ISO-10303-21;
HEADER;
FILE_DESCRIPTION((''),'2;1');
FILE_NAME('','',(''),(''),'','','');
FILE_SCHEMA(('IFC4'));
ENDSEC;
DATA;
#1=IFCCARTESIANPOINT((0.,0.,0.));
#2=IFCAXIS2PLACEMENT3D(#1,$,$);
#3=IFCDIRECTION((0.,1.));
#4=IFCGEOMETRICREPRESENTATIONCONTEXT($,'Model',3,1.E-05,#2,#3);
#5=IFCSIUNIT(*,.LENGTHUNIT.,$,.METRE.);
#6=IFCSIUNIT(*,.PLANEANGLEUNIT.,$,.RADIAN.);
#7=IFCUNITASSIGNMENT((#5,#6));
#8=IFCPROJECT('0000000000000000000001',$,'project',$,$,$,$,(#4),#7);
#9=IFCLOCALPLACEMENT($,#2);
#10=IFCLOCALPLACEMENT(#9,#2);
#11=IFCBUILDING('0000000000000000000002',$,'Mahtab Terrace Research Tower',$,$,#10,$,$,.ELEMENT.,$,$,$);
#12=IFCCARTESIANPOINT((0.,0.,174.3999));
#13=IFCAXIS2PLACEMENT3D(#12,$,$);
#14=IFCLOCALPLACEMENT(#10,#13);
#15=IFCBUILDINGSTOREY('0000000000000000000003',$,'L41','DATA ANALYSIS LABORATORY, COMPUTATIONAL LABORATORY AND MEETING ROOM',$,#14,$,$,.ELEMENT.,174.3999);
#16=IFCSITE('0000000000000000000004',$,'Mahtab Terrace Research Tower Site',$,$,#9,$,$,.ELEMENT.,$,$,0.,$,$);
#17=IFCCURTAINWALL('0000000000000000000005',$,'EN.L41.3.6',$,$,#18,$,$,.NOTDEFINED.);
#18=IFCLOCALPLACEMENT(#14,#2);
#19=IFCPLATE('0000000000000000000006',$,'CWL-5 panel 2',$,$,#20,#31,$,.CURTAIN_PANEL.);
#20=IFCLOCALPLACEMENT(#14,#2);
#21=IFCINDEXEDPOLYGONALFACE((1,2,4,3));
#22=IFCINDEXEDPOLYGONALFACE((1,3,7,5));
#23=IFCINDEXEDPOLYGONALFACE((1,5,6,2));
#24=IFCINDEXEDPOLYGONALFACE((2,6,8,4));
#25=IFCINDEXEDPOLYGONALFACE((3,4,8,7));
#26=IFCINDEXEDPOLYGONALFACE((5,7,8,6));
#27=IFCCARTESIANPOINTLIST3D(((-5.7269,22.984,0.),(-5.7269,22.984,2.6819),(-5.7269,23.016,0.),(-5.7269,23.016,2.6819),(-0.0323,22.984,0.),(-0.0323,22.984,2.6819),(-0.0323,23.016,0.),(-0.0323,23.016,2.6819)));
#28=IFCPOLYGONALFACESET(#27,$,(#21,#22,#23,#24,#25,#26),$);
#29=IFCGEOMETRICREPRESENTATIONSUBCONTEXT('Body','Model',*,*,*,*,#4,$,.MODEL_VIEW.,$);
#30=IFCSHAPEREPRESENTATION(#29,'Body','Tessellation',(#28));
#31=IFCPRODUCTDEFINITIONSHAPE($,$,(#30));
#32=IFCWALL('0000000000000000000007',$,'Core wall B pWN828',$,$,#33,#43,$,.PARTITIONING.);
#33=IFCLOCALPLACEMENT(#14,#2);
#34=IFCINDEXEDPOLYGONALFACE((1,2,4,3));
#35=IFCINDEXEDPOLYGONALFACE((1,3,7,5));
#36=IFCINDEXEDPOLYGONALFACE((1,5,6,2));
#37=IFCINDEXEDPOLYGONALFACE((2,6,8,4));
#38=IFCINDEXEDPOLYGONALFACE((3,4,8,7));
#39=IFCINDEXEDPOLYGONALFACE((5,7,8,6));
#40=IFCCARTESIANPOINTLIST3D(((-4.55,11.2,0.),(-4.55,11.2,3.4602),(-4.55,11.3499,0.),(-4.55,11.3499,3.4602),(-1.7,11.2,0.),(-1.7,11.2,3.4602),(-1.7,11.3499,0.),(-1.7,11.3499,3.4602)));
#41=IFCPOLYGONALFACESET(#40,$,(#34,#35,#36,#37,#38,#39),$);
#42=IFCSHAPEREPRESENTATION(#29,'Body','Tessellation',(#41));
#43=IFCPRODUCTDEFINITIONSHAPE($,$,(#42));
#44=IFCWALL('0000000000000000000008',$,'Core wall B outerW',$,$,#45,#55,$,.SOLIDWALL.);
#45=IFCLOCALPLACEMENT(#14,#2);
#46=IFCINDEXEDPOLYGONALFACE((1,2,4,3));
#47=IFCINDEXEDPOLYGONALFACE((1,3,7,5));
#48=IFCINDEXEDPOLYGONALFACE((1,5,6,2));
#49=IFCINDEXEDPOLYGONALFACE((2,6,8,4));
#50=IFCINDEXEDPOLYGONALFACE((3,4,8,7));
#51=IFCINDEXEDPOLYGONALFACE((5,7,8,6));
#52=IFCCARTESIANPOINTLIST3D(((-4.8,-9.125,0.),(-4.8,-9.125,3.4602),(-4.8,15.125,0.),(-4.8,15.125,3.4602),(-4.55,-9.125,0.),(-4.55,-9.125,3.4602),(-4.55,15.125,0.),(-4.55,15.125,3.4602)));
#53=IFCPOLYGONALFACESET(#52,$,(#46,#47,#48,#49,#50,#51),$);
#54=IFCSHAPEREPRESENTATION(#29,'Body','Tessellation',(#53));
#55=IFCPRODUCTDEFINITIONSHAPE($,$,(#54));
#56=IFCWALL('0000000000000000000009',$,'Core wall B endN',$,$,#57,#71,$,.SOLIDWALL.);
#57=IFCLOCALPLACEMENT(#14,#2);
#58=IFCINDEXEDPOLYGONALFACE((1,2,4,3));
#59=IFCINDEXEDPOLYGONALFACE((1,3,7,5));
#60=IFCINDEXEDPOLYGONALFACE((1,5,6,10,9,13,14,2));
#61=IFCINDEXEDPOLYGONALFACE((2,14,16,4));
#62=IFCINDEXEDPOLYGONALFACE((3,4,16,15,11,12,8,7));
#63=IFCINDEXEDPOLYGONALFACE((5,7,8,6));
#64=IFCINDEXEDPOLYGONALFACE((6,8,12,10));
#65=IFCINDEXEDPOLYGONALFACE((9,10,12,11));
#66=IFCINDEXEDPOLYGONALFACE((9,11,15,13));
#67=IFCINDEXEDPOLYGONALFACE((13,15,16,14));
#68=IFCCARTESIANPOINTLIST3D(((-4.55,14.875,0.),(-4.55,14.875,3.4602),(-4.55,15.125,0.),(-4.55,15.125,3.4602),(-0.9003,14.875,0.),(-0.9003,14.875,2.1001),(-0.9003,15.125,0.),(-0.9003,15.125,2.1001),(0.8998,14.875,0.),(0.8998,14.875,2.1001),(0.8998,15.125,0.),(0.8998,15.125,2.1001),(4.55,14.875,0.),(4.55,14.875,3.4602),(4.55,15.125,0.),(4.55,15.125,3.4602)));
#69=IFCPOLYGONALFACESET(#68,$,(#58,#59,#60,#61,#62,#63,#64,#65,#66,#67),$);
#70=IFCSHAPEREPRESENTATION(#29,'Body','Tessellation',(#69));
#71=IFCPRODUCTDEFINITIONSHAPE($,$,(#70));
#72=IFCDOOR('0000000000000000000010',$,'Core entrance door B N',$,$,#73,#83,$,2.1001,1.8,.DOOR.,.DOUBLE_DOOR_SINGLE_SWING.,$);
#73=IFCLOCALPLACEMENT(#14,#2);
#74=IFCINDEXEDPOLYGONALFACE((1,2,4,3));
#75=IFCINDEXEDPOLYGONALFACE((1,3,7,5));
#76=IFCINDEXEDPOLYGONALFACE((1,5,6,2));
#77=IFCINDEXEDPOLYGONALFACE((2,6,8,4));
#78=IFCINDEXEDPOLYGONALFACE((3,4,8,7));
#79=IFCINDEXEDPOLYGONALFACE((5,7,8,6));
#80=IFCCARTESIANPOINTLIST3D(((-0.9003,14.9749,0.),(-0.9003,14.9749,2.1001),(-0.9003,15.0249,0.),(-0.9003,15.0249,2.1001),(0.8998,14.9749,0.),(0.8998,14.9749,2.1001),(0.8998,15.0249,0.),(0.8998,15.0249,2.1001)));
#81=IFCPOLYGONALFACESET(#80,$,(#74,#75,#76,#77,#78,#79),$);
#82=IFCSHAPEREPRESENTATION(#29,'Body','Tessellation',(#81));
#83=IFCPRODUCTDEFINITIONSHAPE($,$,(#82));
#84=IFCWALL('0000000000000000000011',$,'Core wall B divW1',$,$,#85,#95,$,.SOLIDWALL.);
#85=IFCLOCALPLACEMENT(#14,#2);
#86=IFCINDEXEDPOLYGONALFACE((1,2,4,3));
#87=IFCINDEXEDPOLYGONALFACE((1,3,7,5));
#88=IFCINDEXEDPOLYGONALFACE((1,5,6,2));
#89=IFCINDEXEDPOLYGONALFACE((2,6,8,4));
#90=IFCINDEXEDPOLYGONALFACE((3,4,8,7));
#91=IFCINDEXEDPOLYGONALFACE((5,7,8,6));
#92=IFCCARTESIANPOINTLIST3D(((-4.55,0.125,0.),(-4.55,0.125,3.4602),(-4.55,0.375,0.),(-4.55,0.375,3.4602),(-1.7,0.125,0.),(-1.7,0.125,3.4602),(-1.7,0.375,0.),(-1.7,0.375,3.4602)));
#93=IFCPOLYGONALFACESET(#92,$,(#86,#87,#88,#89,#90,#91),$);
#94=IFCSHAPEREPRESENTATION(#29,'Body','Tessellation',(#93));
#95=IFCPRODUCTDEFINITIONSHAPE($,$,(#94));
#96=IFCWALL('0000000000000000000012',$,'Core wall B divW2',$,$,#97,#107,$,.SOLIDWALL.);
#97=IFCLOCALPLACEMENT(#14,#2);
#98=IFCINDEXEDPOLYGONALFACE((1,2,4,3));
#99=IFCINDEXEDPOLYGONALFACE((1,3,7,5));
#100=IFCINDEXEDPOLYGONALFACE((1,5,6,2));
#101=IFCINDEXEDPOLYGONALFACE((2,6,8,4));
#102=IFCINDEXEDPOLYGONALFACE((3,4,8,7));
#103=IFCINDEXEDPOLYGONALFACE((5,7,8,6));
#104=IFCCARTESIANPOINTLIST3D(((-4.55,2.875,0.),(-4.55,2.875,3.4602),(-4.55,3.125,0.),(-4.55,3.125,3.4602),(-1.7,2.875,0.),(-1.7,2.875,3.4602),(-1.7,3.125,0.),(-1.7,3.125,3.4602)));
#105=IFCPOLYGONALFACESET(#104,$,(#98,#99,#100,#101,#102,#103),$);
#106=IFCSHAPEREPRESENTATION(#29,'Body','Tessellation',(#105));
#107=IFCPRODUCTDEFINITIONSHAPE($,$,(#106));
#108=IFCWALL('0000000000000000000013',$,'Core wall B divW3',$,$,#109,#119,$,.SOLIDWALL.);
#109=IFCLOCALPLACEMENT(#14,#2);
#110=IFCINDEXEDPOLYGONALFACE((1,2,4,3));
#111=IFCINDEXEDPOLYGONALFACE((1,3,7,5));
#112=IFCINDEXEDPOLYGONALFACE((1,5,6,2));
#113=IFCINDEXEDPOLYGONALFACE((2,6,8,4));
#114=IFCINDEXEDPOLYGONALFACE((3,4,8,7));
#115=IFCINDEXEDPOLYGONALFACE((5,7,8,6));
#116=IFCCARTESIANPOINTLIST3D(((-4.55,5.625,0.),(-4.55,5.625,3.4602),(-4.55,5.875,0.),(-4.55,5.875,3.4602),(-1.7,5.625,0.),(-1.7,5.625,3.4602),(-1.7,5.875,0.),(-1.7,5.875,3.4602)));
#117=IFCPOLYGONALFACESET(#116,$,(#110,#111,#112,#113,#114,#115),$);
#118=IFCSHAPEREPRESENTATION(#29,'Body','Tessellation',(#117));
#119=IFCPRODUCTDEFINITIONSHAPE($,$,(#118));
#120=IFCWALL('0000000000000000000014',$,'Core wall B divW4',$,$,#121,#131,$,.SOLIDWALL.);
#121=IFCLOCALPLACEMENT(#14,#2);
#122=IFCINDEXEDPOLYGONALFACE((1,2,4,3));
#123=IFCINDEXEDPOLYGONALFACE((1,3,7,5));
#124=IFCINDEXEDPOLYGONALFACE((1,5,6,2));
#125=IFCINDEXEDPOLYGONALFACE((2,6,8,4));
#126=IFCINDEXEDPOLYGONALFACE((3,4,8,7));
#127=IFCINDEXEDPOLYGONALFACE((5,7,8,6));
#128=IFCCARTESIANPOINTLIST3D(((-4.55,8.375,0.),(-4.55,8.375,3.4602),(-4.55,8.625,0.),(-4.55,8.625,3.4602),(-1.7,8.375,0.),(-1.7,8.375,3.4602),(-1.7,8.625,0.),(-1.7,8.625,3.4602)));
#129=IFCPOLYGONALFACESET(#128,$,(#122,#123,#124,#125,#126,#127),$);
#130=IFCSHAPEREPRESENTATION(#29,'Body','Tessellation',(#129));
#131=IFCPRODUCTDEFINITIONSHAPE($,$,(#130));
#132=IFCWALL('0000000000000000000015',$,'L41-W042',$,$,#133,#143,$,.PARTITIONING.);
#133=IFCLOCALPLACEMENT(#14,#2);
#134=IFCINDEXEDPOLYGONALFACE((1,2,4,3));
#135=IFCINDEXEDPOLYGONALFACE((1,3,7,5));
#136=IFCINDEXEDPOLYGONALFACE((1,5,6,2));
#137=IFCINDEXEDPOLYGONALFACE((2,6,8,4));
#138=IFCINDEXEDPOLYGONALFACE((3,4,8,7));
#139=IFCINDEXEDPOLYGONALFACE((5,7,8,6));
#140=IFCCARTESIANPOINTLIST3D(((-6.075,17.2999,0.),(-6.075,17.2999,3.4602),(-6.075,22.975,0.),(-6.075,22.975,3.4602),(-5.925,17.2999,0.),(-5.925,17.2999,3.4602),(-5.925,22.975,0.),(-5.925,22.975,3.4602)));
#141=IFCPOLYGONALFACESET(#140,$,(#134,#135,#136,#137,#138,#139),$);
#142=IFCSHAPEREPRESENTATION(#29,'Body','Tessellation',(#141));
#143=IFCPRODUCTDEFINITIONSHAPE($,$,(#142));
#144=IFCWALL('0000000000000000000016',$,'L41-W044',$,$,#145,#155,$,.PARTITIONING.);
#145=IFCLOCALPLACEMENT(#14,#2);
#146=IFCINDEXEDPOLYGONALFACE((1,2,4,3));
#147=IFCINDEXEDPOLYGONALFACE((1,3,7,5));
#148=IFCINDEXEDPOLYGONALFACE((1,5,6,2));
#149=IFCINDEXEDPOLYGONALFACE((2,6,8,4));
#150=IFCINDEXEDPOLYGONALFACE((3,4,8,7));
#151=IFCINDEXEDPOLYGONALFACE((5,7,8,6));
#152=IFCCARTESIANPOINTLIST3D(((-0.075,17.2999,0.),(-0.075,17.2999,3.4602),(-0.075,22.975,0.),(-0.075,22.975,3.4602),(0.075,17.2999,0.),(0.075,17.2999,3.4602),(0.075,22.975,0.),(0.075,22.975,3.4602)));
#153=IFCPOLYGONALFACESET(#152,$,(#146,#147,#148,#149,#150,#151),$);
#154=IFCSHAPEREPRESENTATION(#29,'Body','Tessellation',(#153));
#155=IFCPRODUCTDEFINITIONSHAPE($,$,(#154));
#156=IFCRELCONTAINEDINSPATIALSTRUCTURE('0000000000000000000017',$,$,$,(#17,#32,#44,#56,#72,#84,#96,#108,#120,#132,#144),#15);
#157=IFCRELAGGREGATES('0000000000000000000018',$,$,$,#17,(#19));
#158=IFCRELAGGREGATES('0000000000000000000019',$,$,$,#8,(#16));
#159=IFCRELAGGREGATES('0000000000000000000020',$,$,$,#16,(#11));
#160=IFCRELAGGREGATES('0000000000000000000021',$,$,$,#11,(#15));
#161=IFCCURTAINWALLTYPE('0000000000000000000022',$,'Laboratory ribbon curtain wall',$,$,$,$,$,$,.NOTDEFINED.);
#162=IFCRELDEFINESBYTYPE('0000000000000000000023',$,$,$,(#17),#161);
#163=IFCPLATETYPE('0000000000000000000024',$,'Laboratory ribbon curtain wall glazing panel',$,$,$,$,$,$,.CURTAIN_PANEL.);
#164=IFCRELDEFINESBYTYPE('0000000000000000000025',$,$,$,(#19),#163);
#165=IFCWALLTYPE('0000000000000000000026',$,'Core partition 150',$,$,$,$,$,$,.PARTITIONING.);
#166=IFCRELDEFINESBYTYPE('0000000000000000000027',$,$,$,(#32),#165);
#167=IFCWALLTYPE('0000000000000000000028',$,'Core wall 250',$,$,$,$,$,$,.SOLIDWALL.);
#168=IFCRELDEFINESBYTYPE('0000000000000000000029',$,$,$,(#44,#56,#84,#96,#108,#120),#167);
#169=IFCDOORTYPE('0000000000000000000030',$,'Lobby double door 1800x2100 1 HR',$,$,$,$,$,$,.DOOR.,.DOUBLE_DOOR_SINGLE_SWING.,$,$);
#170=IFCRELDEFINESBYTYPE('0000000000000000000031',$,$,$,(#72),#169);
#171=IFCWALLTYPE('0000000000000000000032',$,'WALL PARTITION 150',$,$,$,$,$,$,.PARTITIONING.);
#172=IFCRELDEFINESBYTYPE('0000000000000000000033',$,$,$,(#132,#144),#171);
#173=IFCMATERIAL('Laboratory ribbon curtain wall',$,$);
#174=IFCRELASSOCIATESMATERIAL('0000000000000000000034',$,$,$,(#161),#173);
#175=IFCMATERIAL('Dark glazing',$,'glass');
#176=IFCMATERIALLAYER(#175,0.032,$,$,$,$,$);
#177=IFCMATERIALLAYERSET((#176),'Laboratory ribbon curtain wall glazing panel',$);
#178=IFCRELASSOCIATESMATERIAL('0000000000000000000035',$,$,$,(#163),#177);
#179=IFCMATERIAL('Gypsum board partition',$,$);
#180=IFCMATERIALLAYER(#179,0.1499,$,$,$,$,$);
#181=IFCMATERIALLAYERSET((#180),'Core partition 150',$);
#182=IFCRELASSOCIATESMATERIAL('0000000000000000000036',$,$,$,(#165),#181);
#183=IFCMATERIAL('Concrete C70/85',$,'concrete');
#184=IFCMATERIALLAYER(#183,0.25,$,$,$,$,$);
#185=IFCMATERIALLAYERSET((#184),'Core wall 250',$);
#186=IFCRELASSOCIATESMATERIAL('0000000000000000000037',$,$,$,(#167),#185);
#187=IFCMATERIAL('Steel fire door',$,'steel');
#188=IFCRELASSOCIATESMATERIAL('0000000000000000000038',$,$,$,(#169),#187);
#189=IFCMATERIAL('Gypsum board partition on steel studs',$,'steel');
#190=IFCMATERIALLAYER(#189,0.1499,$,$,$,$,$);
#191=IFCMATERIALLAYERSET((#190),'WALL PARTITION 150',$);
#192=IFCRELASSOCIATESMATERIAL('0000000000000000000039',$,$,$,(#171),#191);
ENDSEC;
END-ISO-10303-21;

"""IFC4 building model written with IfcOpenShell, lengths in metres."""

from ifc_helpers import new_model, si_unit, direction, frame, frame_2d, origin, origin_2d, place, context, subcontext, project, spatial, rectangle, extrude, material, layer, layer_set, type_object, element, fill, aggregate, save


model = new_model("IFC4")

# Units and contexts
model_context = context("Model", 3, precision=1e-05, world=origin(), true_north=direction((0.0, 1.0)))
body_context = subcontext(model_context, "Body", "Model", "MODEL_VIEW")
ifc_project = project(units=[si_unit("LENGTHUNIT", "METRE"), si_unit("PLANEANGLEUNIT", "RADIAN")], contexts=[model_context])

# Site, building, storey
site_placement = place(None, origin())
site = spatial("IfcSite", under=ifc_project, at=site_placement, Name="Mahtab Terrace Research Tower Site", CompositionType="ELEMENT", RefElevation=0.0)
building_placement = place(site_placement, origin())
building = spatial("IfcBuilding", under=site, at=building_placement, Name="Mahtab Terrace Research Tower", CompositionType="ELEMENT")
storey_placement = place(building_placement, frame((0.0, 0.0, 174.3999)))
storey = spatial("IfcBuildingStorey", under=building, at=storey_placement, Name="L41", Description="DATA ANALYSIS LABORATORY, COMPUTATIONAL LABORATORY AND MEETING ROOM", CompositionType="ELEMENT", Elevation=174.3999)

# Shared definitions
ifc_material_1 = material(Name="Concrete C70/85", Category="concrete")

# Curtain wall
ifc_material_2 = material(Name="Laboratory ribbon curtain wall")
curtain_wall_type = type_object("IfcCurtainWallType", Name="Laboratory ribbon curtain wall", PredefinedType="NOTDEFINED", material=ifc_material_2)
curtain_wall_1_placement = place(storey_placement, origin())
curtain_wall_1 = element("IfcCurtainWall", 1, at=curtain_wall_1_placement, inside=storey, type_object=curtain_wall_type, Name="EN.L41.3.6", PredefinedType="NOTDEFINED")

# Plate
ifc_material_3 = material(Name="Dark glazing", Category="glass")
ifc_layer_1 = layer(ifc_material_3, 0.032)
ifc_layer_set_1 = layer_set([ifc_layer_1], Name="Laboratory ribbon curtain wall glazing panel")
plate_type = type_object("IfcPlateType", Name="Laboratory ribbon curtain wall glazing panel", PredefinedType="CURTAIN_PANEL", material=ifc_layer_set_1)
plate_placement = place(storey_placement, frame((-2.8796, 23.0, 0.0), z_axis=(0.0, 0.0, 1.0), x_axis=(-1.0, 0.0, 0.0)))
plate = element("IfcPlate", 2, at=plate_placement, type_object=plate_type, Name="CWL-5 panel 2", PredefinedType="CURTAIN_PANEL", context=body_context, shape_type="SweptSolid", body=[
    extrude(rectangle(XDim=5.6946, YDim=0.032, at=origin_2d()), origin(), (0.0, 0.0, 1.0), 2.6819),
])
aggregate(curtain_wall_1, [plate])

# Walls
ifc_material_4 = material(Name="Gypsum board partition")
ifc_layer_2 = layer(ifc_material_4, 0.1499)
ifc_layer_set_2 = layer_set([ifc_layer_2], Name="Core partition 150")
wall_type_1 = type_object("IfcWallType", Name="Core partition 150", PredefinedType="PARTITIONING", material=ifc_layer_set_2)
wall_1_placement = place(storey_placement, frame((-4.55, 11.2749, 0.0), z_axis=(0.0, 0.0, 1.0), x_axis=(1.0, 0.0, 0.0)))
element("IfcWall", 3, at=wall_1_placement, inside=storey, type_object=wall_type_1, Name="Core wall B pWN828", PredefinedType="PARTITIONING", context=body_context, shape_type="SweptSolid", body=[
    extrude(rectangle(XDim=2.8501, YDim=0.1499, at=frame_2d((1.425, 0.0))), origin(), (0.0, 0.0, 1.0), 3.4602),
])
ifc_layer_3 = layer(ifc_material_1, 0.25)
ifc_layer_set_3 = layer_set([ifc_layer_3], Name="Core wall 250")
wall_type_2 = type_object("IfcWallType", Name="Core wall 250", PredefinedType="SOLIDWALL", material=ifc_layer_set_3)
wall_2_placement = place(storey_placement, frame((-4.675, 15.125, 0.0), z_axis=(0.0, 0.0, 1.0), x_axis=(0.0, -1.0, 0.0)))
element("IfcWall", 4, at=wall_2_placement, inside=storey, type_object=wall_type_2, Name="Core wall B outerW", PredefinedType="SOLIDWALL", context=body_context, shape_type="SweptSolid", body=[
    extrude(rectangle(XDim=24.25, YDim=0.25, at=frame_2d((12.125, 0.0))), origin(), (0.0, 0.0, 1.0), 3.4602),
])

# Wall, opening, door
wall_3_placement = place(storey_placement, frame((-4.55, 15.0, 0.0), z_axis=(0.0, 0.0, 1.0), x_axis=(1.0, 0.0, 0.0)))
wall_3 = element("IfcWall", 5, at=wall_3_placement, inside=storey, type_object=wall_type_2, Name="Core wall B endN", PredefinedType="SOLIDWALL", context=body_context, shape_type="SweptSolid", body=[
    extrude(rectangle(XDim=9.1001, YDim=0.25, at=frame_2d((4.55, 0.0))), origin(), (0.0, 0.0, 1.0), 3.4602),
])
opening_placement = place(wall_3_placement, frame((3.6499, 0.0, 0.0)))
opening = element("IfcOpeningElement", 6, at=opening_placement, cuts=wall_3, PredefinedType="OPENING", context=body_context, shape_type="SweptSolid", body=[
    extrude(rectangle(XDim=1.8, YDim=2.1001, at=frame_2d((0.8999, 1.05))), frame((0.0, 0.135, 0.0), z_axis=(0.0, -1.0, 0.0), x_axis=(1.0, 0.0, 0.0)), (0.0, 0.0, 1.0), 0.27),
])
ifc_material_5 = material(Name="Steel fire door", Category="steel")
door_type = type_object("IfcDoorType", Name="Lobby double door 1800x2100 1 HR", OperationType="DOUBLE_DOOR_SINGLE_SWING", PredefinedType="DOOR", material=ifc_material_5)
door_placement = place(opening_placement, origin())
door = element("IfcDoor", 7, at=door_placement, inside=storey, type_object=door_type, Name="Core entrance door B N", OperationType="DOUBLE_DOOR_SINGLE_SWING", OverallHeight=2.1001, OverallWidth=1.8, PredefinedType="DOOR", context=body_context, shape_type="SweptSolid", body=[
    extrude(rectangle(XDim=1.8, YDim=2.1001, at=frame_2d((0.8999, 1.05))), frame((0.0, 0.0249, 0.0), z_axis=(0.0, -1.0, 0.0), x_axis=(1.0, 0.0, 0.0)), (0.0, 0.0, 1.0), 0.05),
])
fill(opening, door)

# Walls
for number, where, z_axis, x_axis, name in (
    (8, (-4.55, 0.25, 0.0), (0.0, 0.0, 1.0), (1.0, 0.0, 0.0), "Core wall B divW1"),
    (9, (-4.55, 3.0, 0.0), (0.0, 0.0, 1.0), (1.0, 0.0, 0.0), "Core wall B divW2"),
    (10, (-4.55, 5.75, 0.0), (0.0, 0.0, 1.0), (1.0, 0.0, 0.0), "Core wall B divW3"),
    (11, (-4.55, 8.5, 0.0), (0.0, 0.0, 1.0), (1.0, 0.0, 0.0), "Core wall B divW4"),
):
    element("IfcWall", number, at=place(storey_placement, frame(where, z_axis=z_axis, x_axis=x_axis)), inside=storey, type_object=wall_type_2, Name=name, PredefinedType="SOLIDWALL", context=body_context, shape_type="SweptSolid", body=[
        extrude(rectangle(XDim=2.8501, YDim=0.25, at=frame_2d((1.425, 0.0))), origin(), (0.0, 0.0, 1.0), 3.4602),
    ])
ifc_material_6 = material(Name="Gypsum board partition on steel studs", Category="steel")
ifc_layer_4 = layer(ifc_material_6, 0.1499)
ifc_layer_set_4 = layer_set([ifc_layer_4], Name="WALL PARTITION 150")
wall_type_3 = type_object("IfcWallType", Name="WALL PARTITION 150", PredefinedType="PARTITIONING", material=ifc_layer_set_4)
for number, where, z_axis, x_axis, name in (
    (12, (-6.0, 17.3, 0.0), (0.0, 0.0, 1.0), (0.0, 1.0, 0.0), "L41-W042"),
    (13, (0.0, 17.3, 0.0), (0.0, 0.0, 1.0), (0.0, 1.0, 0.0), "L41-W044"),
):
    element("IfcWall", number, at=place(storey_placement, frame(where, z_axis=z_axis, x_axis=x_axis)), inside=storey, type_object=wall_type_3, Name=name, PredefinedType="PARTITIONING", context=body_context, shape_type="SweptSolid", body=[
        extrude(rectangle(XDim=5.675, YDim=0.1499, at=frame_2d((2.8374, 0.0))), origin(), (0.0, 0.0, 1.0), 3.4602),
    ])

save(model, "model.ifc")
